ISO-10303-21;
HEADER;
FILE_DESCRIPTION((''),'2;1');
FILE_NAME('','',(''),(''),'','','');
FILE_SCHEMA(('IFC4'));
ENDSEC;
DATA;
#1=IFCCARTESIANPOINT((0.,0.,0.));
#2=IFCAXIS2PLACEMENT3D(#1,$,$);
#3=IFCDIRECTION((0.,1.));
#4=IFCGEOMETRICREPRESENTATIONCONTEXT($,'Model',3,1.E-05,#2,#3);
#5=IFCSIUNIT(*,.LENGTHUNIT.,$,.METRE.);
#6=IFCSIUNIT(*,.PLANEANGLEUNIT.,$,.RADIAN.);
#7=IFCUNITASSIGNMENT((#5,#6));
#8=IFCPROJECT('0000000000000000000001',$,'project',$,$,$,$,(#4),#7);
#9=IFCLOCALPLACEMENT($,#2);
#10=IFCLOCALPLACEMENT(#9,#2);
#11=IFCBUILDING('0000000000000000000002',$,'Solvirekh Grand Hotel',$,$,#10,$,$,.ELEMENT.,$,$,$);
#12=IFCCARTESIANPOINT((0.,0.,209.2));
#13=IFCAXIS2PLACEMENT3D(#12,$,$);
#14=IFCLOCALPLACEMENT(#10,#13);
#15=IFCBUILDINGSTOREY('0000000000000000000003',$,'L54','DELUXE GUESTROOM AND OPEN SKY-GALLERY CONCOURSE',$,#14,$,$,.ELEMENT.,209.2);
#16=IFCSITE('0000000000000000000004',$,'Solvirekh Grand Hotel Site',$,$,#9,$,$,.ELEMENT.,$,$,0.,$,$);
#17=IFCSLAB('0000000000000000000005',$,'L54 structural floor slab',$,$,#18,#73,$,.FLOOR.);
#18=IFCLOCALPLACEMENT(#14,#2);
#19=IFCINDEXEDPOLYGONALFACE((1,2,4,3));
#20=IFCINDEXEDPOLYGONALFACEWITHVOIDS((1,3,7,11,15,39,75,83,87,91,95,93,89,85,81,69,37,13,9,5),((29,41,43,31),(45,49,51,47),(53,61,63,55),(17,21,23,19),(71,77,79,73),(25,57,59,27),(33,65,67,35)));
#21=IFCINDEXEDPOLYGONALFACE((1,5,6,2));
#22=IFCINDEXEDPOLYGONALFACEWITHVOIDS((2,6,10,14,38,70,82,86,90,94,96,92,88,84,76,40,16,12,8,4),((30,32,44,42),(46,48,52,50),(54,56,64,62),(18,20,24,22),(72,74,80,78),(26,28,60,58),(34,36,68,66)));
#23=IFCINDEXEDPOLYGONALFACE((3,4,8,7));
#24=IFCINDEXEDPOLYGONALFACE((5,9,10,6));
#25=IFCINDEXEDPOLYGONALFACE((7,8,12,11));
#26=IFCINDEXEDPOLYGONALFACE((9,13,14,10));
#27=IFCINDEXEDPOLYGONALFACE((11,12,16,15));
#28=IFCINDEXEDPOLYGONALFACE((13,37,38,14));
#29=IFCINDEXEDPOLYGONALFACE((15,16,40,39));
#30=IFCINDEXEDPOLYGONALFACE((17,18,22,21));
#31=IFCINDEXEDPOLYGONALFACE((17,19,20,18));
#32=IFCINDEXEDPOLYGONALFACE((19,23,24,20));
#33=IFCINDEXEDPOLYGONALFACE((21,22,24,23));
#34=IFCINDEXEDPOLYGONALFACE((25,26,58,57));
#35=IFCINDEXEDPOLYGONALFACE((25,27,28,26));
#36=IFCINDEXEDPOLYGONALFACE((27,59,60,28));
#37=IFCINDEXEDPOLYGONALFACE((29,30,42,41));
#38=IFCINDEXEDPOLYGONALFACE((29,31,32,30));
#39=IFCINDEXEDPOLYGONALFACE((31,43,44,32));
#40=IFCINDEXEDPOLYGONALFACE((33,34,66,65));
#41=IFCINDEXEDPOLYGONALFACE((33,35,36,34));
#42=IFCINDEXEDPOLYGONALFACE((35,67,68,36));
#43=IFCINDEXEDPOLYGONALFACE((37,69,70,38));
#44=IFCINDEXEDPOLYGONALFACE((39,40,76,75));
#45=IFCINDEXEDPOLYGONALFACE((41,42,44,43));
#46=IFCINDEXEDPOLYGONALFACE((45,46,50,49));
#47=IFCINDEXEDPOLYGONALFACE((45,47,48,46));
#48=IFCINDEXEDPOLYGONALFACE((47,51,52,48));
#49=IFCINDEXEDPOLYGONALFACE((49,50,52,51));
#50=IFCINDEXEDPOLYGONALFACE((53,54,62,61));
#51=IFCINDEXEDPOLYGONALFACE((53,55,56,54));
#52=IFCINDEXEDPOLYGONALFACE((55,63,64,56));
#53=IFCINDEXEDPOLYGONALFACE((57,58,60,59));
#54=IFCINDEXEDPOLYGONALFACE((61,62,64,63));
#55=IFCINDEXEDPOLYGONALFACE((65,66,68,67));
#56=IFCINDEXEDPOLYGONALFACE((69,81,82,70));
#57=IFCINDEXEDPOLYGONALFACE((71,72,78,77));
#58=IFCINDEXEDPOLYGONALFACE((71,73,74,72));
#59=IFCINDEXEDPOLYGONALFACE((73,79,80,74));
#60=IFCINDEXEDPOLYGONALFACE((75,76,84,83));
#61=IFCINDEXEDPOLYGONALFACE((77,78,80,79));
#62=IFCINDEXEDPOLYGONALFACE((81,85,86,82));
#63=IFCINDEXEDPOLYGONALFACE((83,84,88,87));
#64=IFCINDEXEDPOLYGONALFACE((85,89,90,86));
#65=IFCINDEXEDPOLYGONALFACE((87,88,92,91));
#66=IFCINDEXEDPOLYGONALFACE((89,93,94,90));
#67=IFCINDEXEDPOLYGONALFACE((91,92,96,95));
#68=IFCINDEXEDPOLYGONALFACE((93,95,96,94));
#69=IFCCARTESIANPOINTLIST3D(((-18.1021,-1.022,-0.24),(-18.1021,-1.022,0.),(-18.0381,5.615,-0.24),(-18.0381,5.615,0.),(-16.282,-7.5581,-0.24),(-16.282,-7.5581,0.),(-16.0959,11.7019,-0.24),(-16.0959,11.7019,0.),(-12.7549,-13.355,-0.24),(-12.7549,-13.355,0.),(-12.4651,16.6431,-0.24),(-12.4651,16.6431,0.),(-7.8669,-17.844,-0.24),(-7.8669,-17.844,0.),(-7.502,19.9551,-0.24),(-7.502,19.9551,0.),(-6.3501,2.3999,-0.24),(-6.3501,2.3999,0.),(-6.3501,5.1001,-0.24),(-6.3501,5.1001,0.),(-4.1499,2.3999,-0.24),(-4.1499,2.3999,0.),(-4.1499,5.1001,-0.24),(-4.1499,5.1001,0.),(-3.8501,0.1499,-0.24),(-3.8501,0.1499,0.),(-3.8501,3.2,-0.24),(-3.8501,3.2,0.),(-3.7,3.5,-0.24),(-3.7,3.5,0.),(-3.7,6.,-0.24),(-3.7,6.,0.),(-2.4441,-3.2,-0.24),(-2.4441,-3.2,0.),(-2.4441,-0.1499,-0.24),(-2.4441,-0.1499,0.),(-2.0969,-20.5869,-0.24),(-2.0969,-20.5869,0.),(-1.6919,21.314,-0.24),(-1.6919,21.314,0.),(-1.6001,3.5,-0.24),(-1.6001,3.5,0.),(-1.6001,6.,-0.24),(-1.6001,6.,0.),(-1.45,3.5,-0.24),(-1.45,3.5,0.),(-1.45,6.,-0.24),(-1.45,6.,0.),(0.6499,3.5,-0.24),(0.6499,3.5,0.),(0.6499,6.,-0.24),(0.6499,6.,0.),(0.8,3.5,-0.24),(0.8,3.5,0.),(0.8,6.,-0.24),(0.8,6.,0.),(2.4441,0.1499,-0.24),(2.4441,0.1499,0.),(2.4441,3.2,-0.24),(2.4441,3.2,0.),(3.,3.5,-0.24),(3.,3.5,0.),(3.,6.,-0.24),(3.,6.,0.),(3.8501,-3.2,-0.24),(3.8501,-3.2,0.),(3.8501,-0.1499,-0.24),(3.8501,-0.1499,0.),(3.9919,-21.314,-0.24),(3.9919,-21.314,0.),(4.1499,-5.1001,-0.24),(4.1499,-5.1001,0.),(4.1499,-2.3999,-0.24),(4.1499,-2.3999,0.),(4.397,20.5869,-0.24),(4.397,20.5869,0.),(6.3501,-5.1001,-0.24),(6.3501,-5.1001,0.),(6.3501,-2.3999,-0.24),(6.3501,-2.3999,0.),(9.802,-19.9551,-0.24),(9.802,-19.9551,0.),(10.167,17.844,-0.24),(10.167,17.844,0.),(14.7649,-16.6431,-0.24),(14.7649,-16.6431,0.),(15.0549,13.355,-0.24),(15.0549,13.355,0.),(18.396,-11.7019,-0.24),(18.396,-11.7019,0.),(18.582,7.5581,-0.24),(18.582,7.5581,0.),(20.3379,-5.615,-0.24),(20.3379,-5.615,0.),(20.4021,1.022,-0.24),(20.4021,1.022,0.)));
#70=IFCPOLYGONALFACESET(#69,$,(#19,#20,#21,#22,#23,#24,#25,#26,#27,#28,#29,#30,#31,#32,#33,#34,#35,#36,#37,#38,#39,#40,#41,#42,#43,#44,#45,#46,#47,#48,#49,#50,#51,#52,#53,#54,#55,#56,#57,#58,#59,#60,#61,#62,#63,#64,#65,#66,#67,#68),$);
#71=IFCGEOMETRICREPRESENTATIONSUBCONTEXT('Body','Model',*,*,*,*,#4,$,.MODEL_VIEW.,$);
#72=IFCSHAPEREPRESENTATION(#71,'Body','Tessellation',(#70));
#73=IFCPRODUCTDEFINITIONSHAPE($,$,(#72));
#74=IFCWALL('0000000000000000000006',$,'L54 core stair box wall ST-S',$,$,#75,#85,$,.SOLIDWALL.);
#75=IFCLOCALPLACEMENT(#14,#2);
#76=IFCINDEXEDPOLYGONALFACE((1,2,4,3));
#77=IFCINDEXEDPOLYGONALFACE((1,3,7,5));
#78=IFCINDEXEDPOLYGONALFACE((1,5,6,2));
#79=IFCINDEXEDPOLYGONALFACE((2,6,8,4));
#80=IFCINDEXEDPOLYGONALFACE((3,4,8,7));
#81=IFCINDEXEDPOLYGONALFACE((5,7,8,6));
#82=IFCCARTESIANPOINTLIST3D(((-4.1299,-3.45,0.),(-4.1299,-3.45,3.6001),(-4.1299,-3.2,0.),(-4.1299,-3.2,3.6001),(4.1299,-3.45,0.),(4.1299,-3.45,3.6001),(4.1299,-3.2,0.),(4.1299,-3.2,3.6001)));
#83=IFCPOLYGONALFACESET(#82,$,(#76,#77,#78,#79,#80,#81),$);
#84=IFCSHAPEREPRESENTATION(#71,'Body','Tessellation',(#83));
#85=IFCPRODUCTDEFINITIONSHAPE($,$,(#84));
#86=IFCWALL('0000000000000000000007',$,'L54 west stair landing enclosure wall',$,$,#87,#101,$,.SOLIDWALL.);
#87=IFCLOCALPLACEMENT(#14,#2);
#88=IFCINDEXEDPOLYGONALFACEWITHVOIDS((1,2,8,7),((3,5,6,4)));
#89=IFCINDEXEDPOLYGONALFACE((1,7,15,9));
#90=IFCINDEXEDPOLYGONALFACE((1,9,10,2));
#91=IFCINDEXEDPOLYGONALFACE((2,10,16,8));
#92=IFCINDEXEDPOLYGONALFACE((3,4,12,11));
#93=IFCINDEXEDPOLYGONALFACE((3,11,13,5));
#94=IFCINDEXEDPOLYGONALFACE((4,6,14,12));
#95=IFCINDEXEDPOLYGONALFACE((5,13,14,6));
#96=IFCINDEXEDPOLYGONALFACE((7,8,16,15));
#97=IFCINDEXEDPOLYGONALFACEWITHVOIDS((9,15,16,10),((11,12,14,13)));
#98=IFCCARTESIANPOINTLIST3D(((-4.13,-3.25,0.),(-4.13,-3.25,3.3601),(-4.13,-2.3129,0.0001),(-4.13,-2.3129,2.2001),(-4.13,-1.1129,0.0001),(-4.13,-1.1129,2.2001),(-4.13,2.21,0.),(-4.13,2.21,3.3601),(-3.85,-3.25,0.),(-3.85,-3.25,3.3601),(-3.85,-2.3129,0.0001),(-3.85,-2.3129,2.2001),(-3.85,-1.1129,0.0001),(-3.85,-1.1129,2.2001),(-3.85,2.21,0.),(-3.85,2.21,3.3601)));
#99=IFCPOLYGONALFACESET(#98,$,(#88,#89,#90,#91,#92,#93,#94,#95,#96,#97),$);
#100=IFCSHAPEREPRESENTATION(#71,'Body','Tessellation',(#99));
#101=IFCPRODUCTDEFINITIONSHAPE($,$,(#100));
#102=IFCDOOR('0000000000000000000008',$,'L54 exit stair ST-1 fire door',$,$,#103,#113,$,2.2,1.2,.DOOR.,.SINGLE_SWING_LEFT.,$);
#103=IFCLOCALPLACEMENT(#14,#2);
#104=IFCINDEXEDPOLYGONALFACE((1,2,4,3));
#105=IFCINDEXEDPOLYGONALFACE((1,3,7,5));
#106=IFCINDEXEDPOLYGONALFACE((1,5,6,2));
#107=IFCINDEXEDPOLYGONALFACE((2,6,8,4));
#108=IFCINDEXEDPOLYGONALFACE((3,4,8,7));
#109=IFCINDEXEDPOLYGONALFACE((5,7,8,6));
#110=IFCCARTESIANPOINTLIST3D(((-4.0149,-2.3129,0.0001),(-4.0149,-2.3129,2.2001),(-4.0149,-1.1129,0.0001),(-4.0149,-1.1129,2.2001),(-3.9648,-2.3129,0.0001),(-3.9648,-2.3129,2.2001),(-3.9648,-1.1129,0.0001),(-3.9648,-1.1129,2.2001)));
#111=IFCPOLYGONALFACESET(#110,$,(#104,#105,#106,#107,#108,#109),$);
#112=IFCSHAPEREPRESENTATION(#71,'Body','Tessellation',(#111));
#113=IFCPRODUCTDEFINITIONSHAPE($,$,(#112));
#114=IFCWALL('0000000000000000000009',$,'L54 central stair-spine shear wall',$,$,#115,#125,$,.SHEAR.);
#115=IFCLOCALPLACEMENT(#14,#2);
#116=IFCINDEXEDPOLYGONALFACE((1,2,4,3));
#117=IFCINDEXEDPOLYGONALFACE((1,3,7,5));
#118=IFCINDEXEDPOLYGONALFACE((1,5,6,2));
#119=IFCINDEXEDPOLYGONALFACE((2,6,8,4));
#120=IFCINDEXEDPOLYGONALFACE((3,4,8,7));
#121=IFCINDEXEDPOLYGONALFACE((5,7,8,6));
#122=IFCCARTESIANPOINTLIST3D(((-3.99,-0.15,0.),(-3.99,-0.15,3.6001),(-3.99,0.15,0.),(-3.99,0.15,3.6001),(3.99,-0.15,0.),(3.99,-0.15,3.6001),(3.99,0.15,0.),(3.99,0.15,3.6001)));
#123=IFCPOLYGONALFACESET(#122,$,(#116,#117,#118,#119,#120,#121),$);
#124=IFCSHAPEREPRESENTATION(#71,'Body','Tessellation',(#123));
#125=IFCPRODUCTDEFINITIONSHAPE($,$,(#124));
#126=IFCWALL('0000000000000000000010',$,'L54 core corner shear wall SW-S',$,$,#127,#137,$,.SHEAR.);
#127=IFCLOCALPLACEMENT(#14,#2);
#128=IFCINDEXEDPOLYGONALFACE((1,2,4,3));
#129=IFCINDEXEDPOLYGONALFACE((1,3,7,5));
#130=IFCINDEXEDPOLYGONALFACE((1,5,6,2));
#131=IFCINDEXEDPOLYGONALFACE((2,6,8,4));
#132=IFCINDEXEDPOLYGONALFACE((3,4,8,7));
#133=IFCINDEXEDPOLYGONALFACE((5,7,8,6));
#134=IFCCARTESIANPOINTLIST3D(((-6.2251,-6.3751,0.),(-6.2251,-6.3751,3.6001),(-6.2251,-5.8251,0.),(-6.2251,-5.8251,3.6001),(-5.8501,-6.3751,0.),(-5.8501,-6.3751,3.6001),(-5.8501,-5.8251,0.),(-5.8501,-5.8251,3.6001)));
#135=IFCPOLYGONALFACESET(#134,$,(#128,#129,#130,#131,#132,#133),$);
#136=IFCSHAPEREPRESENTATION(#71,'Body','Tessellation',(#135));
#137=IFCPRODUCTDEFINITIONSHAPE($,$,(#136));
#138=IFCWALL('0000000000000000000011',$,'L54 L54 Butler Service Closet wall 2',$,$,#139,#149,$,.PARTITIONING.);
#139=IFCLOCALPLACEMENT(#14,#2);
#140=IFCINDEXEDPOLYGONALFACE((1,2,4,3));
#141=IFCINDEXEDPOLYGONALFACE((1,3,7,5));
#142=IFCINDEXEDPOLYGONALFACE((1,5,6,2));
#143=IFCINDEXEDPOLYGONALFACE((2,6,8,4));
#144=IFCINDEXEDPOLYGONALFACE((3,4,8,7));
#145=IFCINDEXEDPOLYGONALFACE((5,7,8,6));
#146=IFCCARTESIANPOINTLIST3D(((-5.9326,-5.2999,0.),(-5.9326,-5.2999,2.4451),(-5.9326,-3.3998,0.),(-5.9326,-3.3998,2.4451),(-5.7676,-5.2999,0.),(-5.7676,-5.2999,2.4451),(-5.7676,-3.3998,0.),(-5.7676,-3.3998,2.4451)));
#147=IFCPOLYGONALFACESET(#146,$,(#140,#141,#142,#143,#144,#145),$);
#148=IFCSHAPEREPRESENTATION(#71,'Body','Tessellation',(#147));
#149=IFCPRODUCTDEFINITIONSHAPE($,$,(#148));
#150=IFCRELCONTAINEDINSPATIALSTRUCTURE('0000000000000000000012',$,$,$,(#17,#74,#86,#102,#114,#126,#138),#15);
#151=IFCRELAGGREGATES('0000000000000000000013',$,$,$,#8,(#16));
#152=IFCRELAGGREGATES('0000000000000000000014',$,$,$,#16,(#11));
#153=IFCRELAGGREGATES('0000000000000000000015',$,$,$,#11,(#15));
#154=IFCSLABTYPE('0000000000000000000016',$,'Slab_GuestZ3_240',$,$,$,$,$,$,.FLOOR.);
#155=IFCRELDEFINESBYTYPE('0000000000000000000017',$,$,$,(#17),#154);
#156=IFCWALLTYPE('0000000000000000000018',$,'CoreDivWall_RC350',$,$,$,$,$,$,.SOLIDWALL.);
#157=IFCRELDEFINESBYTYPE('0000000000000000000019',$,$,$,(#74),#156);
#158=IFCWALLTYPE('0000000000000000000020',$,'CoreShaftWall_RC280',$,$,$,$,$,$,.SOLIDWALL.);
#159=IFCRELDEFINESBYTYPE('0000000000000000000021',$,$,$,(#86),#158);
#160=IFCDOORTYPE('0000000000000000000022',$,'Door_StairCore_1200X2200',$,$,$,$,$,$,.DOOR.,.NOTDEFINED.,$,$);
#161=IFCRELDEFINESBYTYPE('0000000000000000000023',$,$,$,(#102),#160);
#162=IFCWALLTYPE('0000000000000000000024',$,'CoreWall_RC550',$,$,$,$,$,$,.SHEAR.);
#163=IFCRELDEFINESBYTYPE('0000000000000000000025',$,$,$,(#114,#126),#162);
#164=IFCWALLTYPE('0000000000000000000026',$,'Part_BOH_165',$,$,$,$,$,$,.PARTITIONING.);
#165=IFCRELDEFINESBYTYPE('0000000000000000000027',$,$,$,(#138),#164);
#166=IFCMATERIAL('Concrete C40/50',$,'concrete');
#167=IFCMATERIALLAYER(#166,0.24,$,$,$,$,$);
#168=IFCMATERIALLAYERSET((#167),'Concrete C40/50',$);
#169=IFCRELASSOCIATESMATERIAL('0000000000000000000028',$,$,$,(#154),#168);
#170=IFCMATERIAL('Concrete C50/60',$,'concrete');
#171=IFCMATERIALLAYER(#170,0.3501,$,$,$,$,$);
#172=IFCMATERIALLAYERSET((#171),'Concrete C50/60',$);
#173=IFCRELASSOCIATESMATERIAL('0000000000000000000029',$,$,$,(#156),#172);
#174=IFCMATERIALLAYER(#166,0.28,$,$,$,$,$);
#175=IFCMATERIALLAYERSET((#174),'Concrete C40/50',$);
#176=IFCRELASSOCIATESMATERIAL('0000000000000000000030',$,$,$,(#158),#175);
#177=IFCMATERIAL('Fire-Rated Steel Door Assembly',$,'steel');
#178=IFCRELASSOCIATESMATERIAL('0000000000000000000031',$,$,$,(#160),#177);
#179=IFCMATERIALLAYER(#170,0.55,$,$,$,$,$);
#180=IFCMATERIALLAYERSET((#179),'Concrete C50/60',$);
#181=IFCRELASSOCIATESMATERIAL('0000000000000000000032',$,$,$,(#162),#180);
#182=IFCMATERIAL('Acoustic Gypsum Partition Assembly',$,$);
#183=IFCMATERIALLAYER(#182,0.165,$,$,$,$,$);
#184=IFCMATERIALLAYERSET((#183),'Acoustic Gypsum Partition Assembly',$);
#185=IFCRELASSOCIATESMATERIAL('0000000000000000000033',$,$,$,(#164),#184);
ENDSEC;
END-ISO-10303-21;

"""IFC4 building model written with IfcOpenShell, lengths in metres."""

from ifc_helpers import new_model, si_unit, direction, frame, frame_2d, origin, place, context, subcontext, project, spatial, polyline, rectangle, outline, extrude, material, layer, layer_set, type_object, element, fill, save


model = new_model("IFC4")

# Units and contexts
model_context = context("Model", 3, precision=1e-05, world=origin(), true_north=direction((0.0, 1.0)))
body_context = subcontext(model_context, "Body", "Model", "MODEL_VIEW")
ifc_project = project(units=[si_unit("LENGTHUNIT", "METRE"), si_unit("PLANEANGLEUNIT", "RADIAN")], contexts=[model_context])

# Site, building, storey
site_placement = place(None, origin())
site = spatial("IfcSite", under=ifc_project, at=site_placement, Name="Solvirekh Grand Hotel Site", CompositionType="ELEMENT", RefElevation=0.0)
building_placement = place(site_placement, origin())
building = spatial("IfcBuilding", under=site, at=building_placement, Name="Solvirekh Grand Hotel", CompositionType="ELEMENT")
storey_placement = place(building_placement, frame((0.0, 0.0, 209.2)))
storey = spatial("IfcBuildingStorey", under=building, at=storey_placement, Name="L54", Description="DELUXE GUESTROOM AND OPEN SKY-GALLERY CONCOURSE", CompositionType="ELEMENT", Elevation=209.2)

# Shared definitions
ifc_material_1 = material(Name="Concrete C50/60", Category="concrete")

# Shared definitions
ifc_material_2 = material(Name="Concrete C40/50", Category="concrete")

# Slab
ifc_layer_1 = layer(ifc_material_2, 0.24)
ifc_layer_set_1 = layer_set([ifc_layer_1], Name="Concrete C40/50")
slab_type_1 = type_object("IfcSlabType", Name="Slab_GuestZ3_240", PredefinedType="FLOOR", material=ifc_layer_set_1)
slab_1_placement = place(storey_placement, frame((0.0, 0.0, -0.24)))
element("IfcSlab", 1, at=slab_1_placement, inside=storey, type_object=slab_type_1, Name="L54 structural floor slab", PredefinedType="FLOOR", context=body_context, shape_type="SweptSolid", body=[
    extrude(outline(polyline([(9.802, -19.9551), (14.7649, -16.6431), (18.396, -11.7019), (20.3379, -5.615), (20.4021, 1.022), (18.582, 7.5581), (15.0549, 13.355), (10.167, 17.844), (4.397, 20.5869), (-1.6919, 21.314), (-7.502, 19.9551), (-12.4651, 16.6431), (-16.0959, 11.7019), (-18.0381, 5.615), (-18.1021, -1.022), (-16.282, -7.5581), (-12.7549, -13.355), (-7.8669, -17.844), (-2.0969, -20.5869), (3.9919, -21.314), (9.802, -19.9551)]), holes=[polyline([(-2.4441, -0.1499), (3.8501, -0.1499), (3.8501, -3.2), (-2.4441, -3.2), (-2.4441, -0.1499)]), polyline([(2.4441, 0.1499), (-3.8501, 0.1499), (-3.8501, 3.2), (2.4441, 3.2), (2.4441, 0.1499)]), polyline([(-3.7, 6.0), (-1.6001, 6.0), (-1.6001, 3.5), (-3.7, 3.5), (-3.7, 6.0)]), polyline([(-1.45, 6.0), (0.6499, 6.0), (0.6499, 3.5), (-1.45, 3.5), (-1.45, 6.0)]), polyline([(0.8, 6.0), (3.0, 6.0), (3.0, 3.5), (0.8, 3.5), (0.8, 6.0)]), polyline([(-6.3501, 5.1001), (-4.1499, 5.1001), (-4.1499, 2.3999), (-6.3501, 2.3999), (-6.3501, 5.1001)]), polyline([(4.1499, -2.3999), (6.3501, -2.3999), (6.3501, -5.1001), (4.1499, -5.1001), (4.1499, -2.3999)])]), origin(), (0.0, 0.0, 1.0), 0.24),
])

# Wall
ifc_layer_2 = layer(ifc_material_1, 0.3501)
ifc_layer_set_2 = layer_set([ifc_layer_2], Name="Concrete C50/60")
wall_type_1 = type_object("IfcWallType", Name="CoreDivWall_RC350", PredefinedType="SOLIDWALL", material=ifc_layer_set_2)
wall_1_placement = place(storey_placement, frame((-4.1299, -3.325, 0.0), z_axis=(0.0, 0.0, 1.0), x_axis=(1.0, 0.0, 0.0)))
element("IfcWall", 2, at=wall_1_placement, inside=storey, type_object=wall_type_1, Name="L54 core stair box wall ST-S", PredefinedType="SOLIDWALL", context=body_context, shape_type="SweptSolid", body=[
    extrude(rectangle(XDim=8.2598, YDim=0.25, at=frame_2d((4.1299, 0.0))), origin(), (0.0, 0.0, 1.0), 3.6001),
])

# Wall, opening, door
ifc_layer_3 = layer(ifc_material_2, 0.28)
ifc_layer_set_3 = layer_set([ifc_layer_3], Name="Concrete C40/50")
wall_type_2 = type_object("IfcWallType", Name="CoreShaftWall_RC280", PredefinedType="SOLIDWALL", material=ifc_layer_set_3)
wall_2_placement = place(storey_placement, frame((-3.99, -3.25, 0.0), z_axis=(0.0, 0.0, 1.0), x_axis=(0.0, 1.0, 0.0)))
wall_2 = element("IfcWall", 3, at=wall_2_placement, inside=storey, type_object=wall_type_2, Name="L54 west stair landing enclosure wall", PredefinedType="SOLIDWALL", context=body_context, shape_type="SweptSolid", body=[
    extrude(rectangle(XDim=5.46, YDim=0.28, at=frame_2d((2.73, 0.0))), origin(), (0.0, 0.0, 1.0), 3.3601),
])
opening_placement = place(wall_2_placement, frame((0.937, 0.0, 0.0)))
opening = element("IfcOpeningElement", 4, at=opening_placement, cuts=wall_2, PredefinedType="OPENING", context=body_context, shape_type="SweptSolid", body=[
    extrude(rectangle(XDim=1.2, YDim=2.2, at=frame_2d((0.6001, 1.1001))), frame((0.0, 0.1499, 0.0), z_axis=(0.0, -1.0, 0.0), x_axis=(1.0, 0.0, 0.0)), (0.0, 0.0, 1.0), 0.3),
])
ifc_material_3 = material(Name="Fire-Rated Steel Door Assembly", Category="steel")
door_type = type_object("IfcDoorType", Name="Door_StairCore_1200X2200", OperationType="NOTDEFINED", PredefinedType="DOOR", material=ifc_material_3)
door_placement = place(opening_placement, origin())
door = element("IfcDoor", 5, at=door_placement, inside=storey, type_object=door_type, Name="L54 exit stair ST-1 fire door", OperationType="SINGLE_SWING_LEFT", OverallHeight=2.2, OverallWidth=1.2, PredefinedType="DOOR", context=body_context, shape_type="SweptSolid", body=[
    extrude(rectangle(XDim=1.2, YDim=2.2, at=frame_2d((0.6001, 1.1001))), frame((0.0, 0.0249, 0.0), z_axis=(0.0, -1.0, 0.0), x_axis=(1.0, 0.0, 0.0)), (0.0, 0.0, 1.0), 0.05),
])
fill(opening, door)

# Walls
ifc_layer_4 = layer(ifc_material_1, 0.55)
ifc_layer_set_4 = layer_set([ifc_layer_4], Name="Concrete C50/60")
wall_type_3 = type_object("IfcWallType", Name="CoreWall_RC550", PredefinedType="SHEAR", material=ifc_layer_set_4)
wall_3_placement = place(storey_placement, frame((-3.99, 0.0, 0.0), z_axis=(0.0, 0.0, 1.0), x_axis=(1.0, 0.0, 0.0)))
element("IfcWall", 6, at=wall_3_placement, inside=storey, type_object=wall_type_3, Name="L54 central stair-spine shear wall", PredefinedType="SHEAR", context=body_context, shape_type="SweptSolid", body=[
    extrude(rectangle(XDim=7.98, YDim=0.3, at=frame_2d((3.99, 0.0))), origin(), (0.0, 0.0, 1.0), 3.6001),
])
wall_4_placement = place(storey_placement, frame((-6.2251, -6.1001, 0.0), z_axis=(0.0, 0.0, 1.0), x_axis=(1.0, 0.0, 0.0)))
element("IfcWall", 7, at=wall_4_placement, inside=storey, type_object=wall_type_3, Name="L54 core corner shear wall SW-S", PredefinedType="SHEAR", context=body_context, shape_type="SweptSolid", body=[
    extrude(rectangle(XDim=0.375, YDim=0.55, at=frame_2d((0.1875, 0.0))), origin(), (0.0, 0.0, 1.0), 3.6001),
])
ifc_material_4 = material(Name="Acoustic Gypsum Partition Assembly")
ifc_layer_5 = layer(ifc_material_4, 0.165)
ifc_layer_set_5 = layer_set([ifc_layer_5], Name="Acoustic Gypsum Partition Assembly")
wall_type_4 = type_object("IfcWallType", Name="Part_BOH_165", PredefinedType="PARTITIONING", material=ifc_layer_set_5)
wall_5_placement = place(storey_placement, frame((-5.8501, -5.3, 0.0), z_axis=(0.0, 0.0, 1.0), x_axis=(0.0, 1.0, 0.0)))
element("IfcWall", 8, at=wall_5_placement, inside=storey, type_object=wall_type_4, Name="L54 L54 Butler Service Closet wall 2", PredefinedType="PARTITIONING", context=body_context, shape_type="SweptSolid", body=[
    extrude(rectangle(XDim=1.9001, YDim=0.165, at=frame_2d((0.9502, 0.0))), origin(), (0.0, 0.0, 1.0), 2.4451),
])

save(model, "model.ifc")
